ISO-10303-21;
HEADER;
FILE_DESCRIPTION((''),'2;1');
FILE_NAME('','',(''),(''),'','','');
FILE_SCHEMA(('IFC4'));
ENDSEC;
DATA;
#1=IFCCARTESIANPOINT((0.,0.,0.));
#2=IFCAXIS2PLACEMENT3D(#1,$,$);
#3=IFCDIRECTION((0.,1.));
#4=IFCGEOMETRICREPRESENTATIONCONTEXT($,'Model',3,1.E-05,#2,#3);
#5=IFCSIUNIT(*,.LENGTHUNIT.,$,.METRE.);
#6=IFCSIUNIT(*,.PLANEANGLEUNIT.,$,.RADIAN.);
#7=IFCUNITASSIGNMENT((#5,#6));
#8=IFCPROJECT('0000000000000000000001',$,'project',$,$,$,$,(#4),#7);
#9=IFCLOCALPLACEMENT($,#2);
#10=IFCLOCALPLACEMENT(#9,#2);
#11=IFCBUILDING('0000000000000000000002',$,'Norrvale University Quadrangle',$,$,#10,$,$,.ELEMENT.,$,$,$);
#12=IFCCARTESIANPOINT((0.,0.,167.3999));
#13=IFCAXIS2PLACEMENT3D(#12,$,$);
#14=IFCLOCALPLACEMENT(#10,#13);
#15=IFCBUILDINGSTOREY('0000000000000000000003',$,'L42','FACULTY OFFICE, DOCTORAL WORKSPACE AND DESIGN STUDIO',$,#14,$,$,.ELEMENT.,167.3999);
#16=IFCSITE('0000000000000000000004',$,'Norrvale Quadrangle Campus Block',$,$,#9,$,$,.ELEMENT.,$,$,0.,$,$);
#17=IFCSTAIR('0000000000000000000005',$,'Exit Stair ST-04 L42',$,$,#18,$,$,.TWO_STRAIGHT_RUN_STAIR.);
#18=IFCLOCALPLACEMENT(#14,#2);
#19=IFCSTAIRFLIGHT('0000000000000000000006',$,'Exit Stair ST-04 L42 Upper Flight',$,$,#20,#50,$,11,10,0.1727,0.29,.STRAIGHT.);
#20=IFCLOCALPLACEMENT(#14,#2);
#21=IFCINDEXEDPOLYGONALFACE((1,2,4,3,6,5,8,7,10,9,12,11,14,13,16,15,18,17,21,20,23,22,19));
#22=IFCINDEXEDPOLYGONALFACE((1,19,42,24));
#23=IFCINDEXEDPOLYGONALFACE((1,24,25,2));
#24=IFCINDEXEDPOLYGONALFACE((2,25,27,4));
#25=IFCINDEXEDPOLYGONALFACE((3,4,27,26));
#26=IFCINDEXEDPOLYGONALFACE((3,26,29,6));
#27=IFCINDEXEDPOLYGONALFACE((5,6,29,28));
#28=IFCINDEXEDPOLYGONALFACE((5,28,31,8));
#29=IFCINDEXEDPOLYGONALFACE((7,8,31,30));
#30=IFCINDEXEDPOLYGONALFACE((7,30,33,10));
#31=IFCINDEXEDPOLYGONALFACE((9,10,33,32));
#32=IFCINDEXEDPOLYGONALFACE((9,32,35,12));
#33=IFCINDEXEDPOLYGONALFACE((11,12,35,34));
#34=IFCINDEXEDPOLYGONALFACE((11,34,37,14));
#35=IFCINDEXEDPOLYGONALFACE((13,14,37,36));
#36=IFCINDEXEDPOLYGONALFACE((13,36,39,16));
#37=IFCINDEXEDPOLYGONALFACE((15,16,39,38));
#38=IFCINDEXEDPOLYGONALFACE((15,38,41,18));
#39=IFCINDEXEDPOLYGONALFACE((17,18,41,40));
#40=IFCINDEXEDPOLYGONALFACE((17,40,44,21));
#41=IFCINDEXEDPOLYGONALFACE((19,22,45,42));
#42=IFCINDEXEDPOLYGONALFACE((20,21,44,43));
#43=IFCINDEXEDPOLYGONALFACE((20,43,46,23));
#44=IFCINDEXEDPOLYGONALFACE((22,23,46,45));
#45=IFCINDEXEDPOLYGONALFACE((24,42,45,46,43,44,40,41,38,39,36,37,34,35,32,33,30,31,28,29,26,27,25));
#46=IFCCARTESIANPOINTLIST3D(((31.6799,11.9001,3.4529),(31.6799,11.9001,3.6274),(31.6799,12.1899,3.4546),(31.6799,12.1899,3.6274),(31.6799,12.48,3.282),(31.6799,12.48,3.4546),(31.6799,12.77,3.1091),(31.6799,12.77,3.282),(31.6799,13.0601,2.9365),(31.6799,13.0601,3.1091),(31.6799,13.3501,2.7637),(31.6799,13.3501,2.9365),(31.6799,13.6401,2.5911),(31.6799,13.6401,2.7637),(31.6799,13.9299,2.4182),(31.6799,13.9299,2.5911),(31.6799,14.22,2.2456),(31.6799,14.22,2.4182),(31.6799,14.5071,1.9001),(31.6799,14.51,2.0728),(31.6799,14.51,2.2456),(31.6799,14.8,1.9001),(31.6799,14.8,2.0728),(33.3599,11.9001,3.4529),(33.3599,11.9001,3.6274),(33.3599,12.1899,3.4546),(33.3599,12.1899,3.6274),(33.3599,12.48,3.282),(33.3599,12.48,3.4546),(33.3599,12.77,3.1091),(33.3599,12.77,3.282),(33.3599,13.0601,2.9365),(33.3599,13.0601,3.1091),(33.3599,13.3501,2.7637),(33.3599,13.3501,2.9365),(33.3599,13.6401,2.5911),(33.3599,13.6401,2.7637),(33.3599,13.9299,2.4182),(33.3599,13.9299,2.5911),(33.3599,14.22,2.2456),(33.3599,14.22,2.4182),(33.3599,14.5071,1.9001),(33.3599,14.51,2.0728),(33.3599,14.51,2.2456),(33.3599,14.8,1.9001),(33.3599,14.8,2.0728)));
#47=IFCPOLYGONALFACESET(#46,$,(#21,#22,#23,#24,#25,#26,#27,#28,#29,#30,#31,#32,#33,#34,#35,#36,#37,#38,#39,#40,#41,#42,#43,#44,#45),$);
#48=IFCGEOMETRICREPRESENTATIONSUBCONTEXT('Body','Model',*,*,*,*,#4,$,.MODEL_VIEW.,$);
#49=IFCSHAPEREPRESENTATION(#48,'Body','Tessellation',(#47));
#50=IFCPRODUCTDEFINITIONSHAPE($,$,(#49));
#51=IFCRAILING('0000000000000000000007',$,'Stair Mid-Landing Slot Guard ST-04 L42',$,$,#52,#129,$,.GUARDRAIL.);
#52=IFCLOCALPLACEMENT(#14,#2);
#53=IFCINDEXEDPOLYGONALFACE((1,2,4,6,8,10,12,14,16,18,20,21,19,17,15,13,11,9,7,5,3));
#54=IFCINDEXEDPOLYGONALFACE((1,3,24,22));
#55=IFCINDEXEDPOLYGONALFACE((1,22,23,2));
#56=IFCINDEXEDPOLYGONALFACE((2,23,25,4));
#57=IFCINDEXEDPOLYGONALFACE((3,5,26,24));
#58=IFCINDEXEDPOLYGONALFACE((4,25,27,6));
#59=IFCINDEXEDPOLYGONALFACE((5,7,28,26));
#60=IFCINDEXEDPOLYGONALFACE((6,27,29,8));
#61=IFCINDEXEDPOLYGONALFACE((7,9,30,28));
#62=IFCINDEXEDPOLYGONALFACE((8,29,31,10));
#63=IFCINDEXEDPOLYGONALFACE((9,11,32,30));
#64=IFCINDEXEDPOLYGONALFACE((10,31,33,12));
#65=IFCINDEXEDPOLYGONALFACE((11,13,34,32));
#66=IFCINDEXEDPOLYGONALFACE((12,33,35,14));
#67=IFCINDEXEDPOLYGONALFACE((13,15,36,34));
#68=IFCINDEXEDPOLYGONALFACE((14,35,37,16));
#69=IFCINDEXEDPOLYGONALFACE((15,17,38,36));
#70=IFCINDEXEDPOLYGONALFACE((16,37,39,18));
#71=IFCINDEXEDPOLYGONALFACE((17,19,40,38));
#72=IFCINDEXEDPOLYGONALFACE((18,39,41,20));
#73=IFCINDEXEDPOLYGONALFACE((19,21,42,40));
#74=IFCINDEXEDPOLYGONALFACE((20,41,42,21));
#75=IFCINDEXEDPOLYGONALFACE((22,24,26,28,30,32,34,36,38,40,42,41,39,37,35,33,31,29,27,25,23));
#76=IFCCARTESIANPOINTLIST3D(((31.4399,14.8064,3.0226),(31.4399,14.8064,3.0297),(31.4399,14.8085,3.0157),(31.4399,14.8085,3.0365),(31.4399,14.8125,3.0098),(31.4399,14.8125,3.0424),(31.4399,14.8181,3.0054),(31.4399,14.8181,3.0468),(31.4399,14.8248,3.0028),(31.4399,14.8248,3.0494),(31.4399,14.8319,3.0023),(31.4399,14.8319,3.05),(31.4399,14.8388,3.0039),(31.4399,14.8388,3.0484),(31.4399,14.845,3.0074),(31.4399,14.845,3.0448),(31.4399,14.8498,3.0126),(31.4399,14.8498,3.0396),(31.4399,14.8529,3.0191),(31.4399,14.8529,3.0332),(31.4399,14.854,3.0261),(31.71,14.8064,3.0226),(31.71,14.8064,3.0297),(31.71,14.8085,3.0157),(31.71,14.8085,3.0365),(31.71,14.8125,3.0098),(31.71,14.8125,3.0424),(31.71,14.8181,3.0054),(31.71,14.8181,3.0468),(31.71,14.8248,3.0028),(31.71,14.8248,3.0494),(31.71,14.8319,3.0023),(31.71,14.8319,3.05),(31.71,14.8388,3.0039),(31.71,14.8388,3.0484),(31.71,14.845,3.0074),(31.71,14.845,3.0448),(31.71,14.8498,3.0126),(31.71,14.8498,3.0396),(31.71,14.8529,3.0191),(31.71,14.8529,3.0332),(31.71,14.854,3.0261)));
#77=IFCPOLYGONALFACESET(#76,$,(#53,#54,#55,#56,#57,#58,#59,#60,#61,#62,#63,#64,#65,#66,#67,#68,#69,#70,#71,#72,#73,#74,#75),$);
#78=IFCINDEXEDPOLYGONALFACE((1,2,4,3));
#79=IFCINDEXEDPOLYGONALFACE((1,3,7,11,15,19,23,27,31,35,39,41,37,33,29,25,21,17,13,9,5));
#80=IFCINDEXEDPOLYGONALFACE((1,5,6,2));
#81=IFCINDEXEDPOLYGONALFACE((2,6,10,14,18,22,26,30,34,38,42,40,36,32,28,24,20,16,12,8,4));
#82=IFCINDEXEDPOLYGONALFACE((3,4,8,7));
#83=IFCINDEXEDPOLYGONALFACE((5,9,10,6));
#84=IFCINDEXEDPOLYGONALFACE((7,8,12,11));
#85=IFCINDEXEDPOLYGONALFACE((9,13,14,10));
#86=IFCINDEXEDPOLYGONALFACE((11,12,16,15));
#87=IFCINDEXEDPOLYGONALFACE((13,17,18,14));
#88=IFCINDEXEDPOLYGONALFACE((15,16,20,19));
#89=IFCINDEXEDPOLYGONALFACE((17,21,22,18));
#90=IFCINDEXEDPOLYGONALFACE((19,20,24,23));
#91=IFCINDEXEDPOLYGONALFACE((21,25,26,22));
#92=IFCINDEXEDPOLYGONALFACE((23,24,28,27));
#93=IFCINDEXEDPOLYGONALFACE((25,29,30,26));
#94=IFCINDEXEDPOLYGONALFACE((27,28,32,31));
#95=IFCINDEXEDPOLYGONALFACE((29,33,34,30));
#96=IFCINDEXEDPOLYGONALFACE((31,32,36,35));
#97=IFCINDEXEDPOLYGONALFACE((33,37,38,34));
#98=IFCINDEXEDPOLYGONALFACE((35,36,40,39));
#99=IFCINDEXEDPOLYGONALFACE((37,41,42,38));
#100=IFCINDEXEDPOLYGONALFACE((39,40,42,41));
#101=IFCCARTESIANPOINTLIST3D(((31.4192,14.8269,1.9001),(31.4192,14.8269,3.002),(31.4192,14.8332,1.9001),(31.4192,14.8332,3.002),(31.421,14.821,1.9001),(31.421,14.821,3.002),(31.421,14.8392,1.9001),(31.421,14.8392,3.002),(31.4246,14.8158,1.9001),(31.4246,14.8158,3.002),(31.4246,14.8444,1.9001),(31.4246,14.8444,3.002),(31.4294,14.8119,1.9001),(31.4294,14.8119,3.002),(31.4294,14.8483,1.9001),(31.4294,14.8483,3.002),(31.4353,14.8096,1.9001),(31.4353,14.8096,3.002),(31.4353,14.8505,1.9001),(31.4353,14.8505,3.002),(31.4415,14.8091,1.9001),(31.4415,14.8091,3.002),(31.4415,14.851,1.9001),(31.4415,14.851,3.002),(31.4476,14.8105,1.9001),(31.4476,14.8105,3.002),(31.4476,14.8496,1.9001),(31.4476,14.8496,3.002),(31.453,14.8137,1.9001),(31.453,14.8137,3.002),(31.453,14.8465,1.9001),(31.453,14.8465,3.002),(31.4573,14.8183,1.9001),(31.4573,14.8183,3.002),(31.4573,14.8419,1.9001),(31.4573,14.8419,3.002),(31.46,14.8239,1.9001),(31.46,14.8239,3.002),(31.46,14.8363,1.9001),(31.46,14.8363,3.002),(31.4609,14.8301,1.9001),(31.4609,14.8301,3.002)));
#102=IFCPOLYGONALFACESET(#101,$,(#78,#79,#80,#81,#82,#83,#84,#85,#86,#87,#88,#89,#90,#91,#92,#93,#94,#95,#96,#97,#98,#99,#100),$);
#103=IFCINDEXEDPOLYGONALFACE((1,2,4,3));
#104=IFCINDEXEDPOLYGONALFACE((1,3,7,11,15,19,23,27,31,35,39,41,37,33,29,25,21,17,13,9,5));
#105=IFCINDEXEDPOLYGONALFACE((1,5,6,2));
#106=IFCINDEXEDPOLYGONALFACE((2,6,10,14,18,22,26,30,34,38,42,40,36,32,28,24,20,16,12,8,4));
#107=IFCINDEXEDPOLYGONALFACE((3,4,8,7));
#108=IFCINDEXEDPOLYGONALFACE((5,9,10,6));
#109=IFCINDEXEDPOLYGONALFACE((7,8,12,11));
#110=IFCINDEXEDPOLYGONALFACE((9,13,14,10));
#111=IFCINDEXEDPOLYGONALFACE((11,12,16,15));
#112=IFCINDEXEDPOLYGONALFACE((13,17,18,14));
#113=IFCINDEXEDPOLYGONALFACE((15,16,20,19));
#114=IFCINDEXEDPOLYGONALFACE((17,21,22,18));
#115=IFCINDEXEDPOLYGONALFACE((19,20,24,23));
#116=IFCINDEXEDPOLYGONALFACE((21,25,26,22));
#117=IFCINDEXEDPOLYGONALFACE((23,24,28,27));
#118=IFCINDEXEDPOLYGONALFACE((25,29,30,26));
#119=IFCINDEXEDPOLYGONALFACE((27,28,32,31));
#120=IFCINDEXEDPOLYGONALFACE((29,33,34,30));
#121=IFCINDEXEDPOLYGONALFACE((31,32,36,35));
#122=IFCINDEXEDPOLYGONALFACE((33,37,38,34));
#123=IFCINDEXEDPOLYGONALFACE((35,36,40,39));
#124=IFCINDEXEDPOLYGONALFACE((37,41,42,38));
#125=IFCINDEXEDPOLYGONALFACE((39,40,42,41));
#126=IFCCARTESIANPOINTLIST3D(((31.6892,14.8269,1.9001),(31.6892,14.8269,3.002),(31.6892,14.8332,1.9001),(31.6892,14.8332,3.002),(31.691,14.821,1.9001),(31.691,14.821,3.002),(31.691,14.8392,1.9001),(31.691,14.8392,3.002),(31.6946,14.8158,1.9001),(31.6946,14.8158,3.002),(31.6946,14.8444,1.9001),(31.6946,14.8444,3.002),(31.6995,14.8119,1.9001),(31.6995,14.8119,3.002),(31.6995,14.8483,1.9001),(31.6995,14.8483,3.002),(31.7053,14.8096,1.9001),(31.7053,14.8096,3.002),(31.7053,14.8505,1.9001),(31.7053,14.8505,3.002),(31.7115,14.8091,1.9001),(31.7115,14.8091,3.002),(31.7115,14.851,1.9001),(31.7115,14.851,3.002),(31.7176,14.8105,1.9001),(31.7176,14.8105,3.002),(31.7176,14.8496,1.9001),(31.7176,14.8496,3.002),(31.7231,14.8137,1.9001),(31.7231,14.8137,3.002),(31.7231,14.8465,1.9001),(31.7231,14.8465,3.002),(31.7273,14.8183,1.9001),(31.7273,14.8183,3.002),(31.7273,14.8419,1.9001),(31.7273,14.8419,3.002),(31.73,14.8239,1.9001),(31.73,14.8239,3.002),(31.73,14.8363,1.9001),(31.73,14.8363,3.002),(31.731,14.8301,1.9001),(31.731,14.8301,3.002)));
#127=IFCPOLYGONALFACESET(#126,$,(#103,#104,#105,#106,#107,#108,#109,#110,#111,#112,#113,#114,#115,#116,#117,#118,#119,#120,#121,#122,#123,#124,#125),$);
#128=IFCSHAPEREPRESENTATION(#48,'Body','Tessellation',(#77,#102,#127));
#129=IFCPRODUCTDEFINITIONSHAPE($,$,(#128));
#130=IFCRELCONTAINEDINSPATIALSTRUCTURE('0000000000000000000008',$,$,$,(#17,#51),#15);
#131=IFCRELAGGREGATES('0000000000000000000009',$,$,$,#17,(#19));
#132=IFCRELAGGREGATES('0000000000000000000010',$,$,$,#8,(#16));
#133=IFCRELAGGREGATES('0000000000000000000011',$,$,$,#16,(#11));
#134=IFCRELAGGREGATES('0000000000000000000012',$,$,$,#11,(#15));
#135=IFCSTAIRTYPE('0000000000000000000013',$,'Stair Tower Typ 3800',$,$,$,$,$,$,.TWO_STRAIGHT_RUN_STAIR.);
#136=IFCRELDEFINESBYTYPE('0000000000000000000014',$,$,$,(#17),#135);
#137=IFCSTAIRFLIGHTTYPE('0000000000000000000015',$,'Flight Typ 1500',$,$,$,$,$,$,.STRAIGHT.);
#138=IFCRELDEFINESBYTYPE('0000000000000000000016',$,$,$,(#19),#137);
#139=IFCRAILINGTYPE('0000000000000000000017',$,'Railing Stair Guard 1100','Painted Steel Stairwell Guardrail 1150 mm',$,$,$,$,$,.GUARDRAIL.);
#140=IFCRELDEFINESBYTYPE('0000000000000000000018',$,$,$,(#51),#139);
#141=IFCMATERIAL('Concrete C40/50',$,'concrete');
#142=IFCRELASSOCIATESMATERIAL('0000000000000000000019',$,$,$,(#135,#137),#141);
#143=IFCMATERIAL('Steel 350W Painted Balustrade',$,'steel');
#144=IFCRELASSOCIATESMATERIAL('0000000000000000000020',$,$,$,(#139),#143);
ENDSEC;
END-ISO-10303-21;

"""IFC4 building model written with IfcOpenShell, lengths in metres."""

from ifc_helpers import new_model, si_unit, direction, frame, origin, origin_2d, place, context, subcontext, project, spatial, polyline, circle, outline, extrude, material, type_object, element, aggregate, save


model = new_model("IFC4")

# Units and contexts
model_context = context("Model", 3, precision=1e-05, world=origin(), true_north=direction((0.0, 1.0)))
body_context = subcontext(model_context, "Body", "Model", "MODEL_VIEW")
ifc_project = project(units=[si_unit("LENGTHUNIT", "METRE"), si_unit("PLANEANGLEUNIT", "RADIAN")], contexts=[model_context])

# Site, building, storey
site_placement = place(None, origin())
site = spatial("IfcSite", under=ifc_project, at=site_placement, Name="Norrvale Quadrangle Campus Block", CompositionType="ELEMENT", RefElevation=0.0)
building_placement = place(site_placement, origin())
building = spatial("IfcBuilding", under=site, at=building_placement, Name="Norrvale University Quadrangle", CompositionType="ELEMENT")
storey_placement = place(building_placement, frame((0.0, 0.0, 167.3999)))
storey = spatial("IfcBuildingStorey", under=building, at=storey_placement, Name="L42", Description="FACULTY OFFICE, DOCTORAL WORKSPACE AND DESIGN STUDIO", CompositionType="ELEMENT", Elevation=167.3999)

# Stair, stair flight
ifc_material_1 = material(Name="Concrete C40/50", Category="concrete")
stair_type = type_object("IfcStairType", Name="Stair Tower Typ 3800", PredefinedType="TWO_STRAIGHT_RUN_STAIR", material=ifc_material_1)
stair_placement = place(storey_placement, origin())
stair = element("IfcStair", 1, at=stair_placement, inside=storey, type_object=stair_type, Name="Exit Stair ST-04 L42", PredefinedType="TWO_STRAIGHT_RUN_STAIR")
stair_flight_type = type_object("IfcStairFlightType", Name="Flight Typ 1500", PredefinedType="STRAIGHT", material=ifc_material_1)
stair_flight_placement = place(storey_placement, frame((32.52, 14.8, 1.9001), z_axis=(0.0, 0.0, 1.0), x_axis=(0.0, -1.0, 0.0)))
stair_flight = element("IfcStairFlight", 2, at=stair_flight_placement, type_object=stair_flight_type, Name="Exit Stair ST-04 L42 Upper Flight", NumberOfRisers=11, NumberOfTreads=10, PredefinedType="STRAIGHT", RiserHeight=0.1727, TreadLength=0.29, context=body_context, shape_type="SweptSolid", body=[
    extrude(outline(polyline([(0.0, 0.0), (0.0, 0.1726), (0.29, 0.1726), (0.29, 0.3455), (0.5801, 0.3455), (0.5801, 0.5181), (0.8701, 0.5181), (0.8701, 0.6909), (1.1599, 0.6909), (1.1599, 0.8635), (1.45, 0.8635), (1.45, 1.0364), (1.74, 1.0364), (1.74, 1.209), (2.03, 1.209), (2.03, 1.3818), (2.3201, 1.3818), (2.3201, 1.5544), (2.6101, 1.5544), (2.6101, 1.7273), (2.8999, 1.7273), (2.8999, 1.8999), (2.8999, 1.5527), (0.293, 0.0), (0.0, 0.0)])), frame((0.0, 0.8398, 0.0), z_axis=(0.0, -1.0, 0.0), x_axis=(1.0, 0.0, 0.0)), (0.0, 0.0, 1.0), 1.6799),
])
aggregate(stair, [stair_flight])

# Railing
ifc_material_2 = material(Name="Steel 350W Painted Balustrade", Category="steel")
railing_type_1 = type_object("IfcRailingType", Name="Railing Stair Guard 1100", Description="Painted Steel Stairwell Guardrail 1150 mm", PredefinedType="GUARDRAIL", material=ifc_material_2)
railing_1_placement = place(storey_placement, frame((31.4399, 14.8301, 1.9001)))
element("IfcRailing", 3, at=railing_1_placement, inside=storey, type_object=railing_type_1, Name="Stair Mid-Landing Slot Guard ST-04 L42", PredefinedType="GUARDRAIL", context=body_context, shape_type="SweptSolid", body=[
    extrude(circle(Radius=0.0239, at=origin_2d()), frame((0.0, 0.0, 1.126), z_axis=(1.0, 0.0, 0.0), x_axis=(0.0, 1.0, 0.0)), (0.0, 0.0, 1.0), 0.27),
    extrude(circle(Radius=0.021, at=origin_2d()), origin(), (0.0, 0.0, 1.0), 1.1018),
    extrude(circle(Radius=0.021, at=origin_2d()), frame((0.27, 0.0, 0.0)), (0.0, 0.0, 1.0), 1.1018),
])

save(model, "model.ifc")
